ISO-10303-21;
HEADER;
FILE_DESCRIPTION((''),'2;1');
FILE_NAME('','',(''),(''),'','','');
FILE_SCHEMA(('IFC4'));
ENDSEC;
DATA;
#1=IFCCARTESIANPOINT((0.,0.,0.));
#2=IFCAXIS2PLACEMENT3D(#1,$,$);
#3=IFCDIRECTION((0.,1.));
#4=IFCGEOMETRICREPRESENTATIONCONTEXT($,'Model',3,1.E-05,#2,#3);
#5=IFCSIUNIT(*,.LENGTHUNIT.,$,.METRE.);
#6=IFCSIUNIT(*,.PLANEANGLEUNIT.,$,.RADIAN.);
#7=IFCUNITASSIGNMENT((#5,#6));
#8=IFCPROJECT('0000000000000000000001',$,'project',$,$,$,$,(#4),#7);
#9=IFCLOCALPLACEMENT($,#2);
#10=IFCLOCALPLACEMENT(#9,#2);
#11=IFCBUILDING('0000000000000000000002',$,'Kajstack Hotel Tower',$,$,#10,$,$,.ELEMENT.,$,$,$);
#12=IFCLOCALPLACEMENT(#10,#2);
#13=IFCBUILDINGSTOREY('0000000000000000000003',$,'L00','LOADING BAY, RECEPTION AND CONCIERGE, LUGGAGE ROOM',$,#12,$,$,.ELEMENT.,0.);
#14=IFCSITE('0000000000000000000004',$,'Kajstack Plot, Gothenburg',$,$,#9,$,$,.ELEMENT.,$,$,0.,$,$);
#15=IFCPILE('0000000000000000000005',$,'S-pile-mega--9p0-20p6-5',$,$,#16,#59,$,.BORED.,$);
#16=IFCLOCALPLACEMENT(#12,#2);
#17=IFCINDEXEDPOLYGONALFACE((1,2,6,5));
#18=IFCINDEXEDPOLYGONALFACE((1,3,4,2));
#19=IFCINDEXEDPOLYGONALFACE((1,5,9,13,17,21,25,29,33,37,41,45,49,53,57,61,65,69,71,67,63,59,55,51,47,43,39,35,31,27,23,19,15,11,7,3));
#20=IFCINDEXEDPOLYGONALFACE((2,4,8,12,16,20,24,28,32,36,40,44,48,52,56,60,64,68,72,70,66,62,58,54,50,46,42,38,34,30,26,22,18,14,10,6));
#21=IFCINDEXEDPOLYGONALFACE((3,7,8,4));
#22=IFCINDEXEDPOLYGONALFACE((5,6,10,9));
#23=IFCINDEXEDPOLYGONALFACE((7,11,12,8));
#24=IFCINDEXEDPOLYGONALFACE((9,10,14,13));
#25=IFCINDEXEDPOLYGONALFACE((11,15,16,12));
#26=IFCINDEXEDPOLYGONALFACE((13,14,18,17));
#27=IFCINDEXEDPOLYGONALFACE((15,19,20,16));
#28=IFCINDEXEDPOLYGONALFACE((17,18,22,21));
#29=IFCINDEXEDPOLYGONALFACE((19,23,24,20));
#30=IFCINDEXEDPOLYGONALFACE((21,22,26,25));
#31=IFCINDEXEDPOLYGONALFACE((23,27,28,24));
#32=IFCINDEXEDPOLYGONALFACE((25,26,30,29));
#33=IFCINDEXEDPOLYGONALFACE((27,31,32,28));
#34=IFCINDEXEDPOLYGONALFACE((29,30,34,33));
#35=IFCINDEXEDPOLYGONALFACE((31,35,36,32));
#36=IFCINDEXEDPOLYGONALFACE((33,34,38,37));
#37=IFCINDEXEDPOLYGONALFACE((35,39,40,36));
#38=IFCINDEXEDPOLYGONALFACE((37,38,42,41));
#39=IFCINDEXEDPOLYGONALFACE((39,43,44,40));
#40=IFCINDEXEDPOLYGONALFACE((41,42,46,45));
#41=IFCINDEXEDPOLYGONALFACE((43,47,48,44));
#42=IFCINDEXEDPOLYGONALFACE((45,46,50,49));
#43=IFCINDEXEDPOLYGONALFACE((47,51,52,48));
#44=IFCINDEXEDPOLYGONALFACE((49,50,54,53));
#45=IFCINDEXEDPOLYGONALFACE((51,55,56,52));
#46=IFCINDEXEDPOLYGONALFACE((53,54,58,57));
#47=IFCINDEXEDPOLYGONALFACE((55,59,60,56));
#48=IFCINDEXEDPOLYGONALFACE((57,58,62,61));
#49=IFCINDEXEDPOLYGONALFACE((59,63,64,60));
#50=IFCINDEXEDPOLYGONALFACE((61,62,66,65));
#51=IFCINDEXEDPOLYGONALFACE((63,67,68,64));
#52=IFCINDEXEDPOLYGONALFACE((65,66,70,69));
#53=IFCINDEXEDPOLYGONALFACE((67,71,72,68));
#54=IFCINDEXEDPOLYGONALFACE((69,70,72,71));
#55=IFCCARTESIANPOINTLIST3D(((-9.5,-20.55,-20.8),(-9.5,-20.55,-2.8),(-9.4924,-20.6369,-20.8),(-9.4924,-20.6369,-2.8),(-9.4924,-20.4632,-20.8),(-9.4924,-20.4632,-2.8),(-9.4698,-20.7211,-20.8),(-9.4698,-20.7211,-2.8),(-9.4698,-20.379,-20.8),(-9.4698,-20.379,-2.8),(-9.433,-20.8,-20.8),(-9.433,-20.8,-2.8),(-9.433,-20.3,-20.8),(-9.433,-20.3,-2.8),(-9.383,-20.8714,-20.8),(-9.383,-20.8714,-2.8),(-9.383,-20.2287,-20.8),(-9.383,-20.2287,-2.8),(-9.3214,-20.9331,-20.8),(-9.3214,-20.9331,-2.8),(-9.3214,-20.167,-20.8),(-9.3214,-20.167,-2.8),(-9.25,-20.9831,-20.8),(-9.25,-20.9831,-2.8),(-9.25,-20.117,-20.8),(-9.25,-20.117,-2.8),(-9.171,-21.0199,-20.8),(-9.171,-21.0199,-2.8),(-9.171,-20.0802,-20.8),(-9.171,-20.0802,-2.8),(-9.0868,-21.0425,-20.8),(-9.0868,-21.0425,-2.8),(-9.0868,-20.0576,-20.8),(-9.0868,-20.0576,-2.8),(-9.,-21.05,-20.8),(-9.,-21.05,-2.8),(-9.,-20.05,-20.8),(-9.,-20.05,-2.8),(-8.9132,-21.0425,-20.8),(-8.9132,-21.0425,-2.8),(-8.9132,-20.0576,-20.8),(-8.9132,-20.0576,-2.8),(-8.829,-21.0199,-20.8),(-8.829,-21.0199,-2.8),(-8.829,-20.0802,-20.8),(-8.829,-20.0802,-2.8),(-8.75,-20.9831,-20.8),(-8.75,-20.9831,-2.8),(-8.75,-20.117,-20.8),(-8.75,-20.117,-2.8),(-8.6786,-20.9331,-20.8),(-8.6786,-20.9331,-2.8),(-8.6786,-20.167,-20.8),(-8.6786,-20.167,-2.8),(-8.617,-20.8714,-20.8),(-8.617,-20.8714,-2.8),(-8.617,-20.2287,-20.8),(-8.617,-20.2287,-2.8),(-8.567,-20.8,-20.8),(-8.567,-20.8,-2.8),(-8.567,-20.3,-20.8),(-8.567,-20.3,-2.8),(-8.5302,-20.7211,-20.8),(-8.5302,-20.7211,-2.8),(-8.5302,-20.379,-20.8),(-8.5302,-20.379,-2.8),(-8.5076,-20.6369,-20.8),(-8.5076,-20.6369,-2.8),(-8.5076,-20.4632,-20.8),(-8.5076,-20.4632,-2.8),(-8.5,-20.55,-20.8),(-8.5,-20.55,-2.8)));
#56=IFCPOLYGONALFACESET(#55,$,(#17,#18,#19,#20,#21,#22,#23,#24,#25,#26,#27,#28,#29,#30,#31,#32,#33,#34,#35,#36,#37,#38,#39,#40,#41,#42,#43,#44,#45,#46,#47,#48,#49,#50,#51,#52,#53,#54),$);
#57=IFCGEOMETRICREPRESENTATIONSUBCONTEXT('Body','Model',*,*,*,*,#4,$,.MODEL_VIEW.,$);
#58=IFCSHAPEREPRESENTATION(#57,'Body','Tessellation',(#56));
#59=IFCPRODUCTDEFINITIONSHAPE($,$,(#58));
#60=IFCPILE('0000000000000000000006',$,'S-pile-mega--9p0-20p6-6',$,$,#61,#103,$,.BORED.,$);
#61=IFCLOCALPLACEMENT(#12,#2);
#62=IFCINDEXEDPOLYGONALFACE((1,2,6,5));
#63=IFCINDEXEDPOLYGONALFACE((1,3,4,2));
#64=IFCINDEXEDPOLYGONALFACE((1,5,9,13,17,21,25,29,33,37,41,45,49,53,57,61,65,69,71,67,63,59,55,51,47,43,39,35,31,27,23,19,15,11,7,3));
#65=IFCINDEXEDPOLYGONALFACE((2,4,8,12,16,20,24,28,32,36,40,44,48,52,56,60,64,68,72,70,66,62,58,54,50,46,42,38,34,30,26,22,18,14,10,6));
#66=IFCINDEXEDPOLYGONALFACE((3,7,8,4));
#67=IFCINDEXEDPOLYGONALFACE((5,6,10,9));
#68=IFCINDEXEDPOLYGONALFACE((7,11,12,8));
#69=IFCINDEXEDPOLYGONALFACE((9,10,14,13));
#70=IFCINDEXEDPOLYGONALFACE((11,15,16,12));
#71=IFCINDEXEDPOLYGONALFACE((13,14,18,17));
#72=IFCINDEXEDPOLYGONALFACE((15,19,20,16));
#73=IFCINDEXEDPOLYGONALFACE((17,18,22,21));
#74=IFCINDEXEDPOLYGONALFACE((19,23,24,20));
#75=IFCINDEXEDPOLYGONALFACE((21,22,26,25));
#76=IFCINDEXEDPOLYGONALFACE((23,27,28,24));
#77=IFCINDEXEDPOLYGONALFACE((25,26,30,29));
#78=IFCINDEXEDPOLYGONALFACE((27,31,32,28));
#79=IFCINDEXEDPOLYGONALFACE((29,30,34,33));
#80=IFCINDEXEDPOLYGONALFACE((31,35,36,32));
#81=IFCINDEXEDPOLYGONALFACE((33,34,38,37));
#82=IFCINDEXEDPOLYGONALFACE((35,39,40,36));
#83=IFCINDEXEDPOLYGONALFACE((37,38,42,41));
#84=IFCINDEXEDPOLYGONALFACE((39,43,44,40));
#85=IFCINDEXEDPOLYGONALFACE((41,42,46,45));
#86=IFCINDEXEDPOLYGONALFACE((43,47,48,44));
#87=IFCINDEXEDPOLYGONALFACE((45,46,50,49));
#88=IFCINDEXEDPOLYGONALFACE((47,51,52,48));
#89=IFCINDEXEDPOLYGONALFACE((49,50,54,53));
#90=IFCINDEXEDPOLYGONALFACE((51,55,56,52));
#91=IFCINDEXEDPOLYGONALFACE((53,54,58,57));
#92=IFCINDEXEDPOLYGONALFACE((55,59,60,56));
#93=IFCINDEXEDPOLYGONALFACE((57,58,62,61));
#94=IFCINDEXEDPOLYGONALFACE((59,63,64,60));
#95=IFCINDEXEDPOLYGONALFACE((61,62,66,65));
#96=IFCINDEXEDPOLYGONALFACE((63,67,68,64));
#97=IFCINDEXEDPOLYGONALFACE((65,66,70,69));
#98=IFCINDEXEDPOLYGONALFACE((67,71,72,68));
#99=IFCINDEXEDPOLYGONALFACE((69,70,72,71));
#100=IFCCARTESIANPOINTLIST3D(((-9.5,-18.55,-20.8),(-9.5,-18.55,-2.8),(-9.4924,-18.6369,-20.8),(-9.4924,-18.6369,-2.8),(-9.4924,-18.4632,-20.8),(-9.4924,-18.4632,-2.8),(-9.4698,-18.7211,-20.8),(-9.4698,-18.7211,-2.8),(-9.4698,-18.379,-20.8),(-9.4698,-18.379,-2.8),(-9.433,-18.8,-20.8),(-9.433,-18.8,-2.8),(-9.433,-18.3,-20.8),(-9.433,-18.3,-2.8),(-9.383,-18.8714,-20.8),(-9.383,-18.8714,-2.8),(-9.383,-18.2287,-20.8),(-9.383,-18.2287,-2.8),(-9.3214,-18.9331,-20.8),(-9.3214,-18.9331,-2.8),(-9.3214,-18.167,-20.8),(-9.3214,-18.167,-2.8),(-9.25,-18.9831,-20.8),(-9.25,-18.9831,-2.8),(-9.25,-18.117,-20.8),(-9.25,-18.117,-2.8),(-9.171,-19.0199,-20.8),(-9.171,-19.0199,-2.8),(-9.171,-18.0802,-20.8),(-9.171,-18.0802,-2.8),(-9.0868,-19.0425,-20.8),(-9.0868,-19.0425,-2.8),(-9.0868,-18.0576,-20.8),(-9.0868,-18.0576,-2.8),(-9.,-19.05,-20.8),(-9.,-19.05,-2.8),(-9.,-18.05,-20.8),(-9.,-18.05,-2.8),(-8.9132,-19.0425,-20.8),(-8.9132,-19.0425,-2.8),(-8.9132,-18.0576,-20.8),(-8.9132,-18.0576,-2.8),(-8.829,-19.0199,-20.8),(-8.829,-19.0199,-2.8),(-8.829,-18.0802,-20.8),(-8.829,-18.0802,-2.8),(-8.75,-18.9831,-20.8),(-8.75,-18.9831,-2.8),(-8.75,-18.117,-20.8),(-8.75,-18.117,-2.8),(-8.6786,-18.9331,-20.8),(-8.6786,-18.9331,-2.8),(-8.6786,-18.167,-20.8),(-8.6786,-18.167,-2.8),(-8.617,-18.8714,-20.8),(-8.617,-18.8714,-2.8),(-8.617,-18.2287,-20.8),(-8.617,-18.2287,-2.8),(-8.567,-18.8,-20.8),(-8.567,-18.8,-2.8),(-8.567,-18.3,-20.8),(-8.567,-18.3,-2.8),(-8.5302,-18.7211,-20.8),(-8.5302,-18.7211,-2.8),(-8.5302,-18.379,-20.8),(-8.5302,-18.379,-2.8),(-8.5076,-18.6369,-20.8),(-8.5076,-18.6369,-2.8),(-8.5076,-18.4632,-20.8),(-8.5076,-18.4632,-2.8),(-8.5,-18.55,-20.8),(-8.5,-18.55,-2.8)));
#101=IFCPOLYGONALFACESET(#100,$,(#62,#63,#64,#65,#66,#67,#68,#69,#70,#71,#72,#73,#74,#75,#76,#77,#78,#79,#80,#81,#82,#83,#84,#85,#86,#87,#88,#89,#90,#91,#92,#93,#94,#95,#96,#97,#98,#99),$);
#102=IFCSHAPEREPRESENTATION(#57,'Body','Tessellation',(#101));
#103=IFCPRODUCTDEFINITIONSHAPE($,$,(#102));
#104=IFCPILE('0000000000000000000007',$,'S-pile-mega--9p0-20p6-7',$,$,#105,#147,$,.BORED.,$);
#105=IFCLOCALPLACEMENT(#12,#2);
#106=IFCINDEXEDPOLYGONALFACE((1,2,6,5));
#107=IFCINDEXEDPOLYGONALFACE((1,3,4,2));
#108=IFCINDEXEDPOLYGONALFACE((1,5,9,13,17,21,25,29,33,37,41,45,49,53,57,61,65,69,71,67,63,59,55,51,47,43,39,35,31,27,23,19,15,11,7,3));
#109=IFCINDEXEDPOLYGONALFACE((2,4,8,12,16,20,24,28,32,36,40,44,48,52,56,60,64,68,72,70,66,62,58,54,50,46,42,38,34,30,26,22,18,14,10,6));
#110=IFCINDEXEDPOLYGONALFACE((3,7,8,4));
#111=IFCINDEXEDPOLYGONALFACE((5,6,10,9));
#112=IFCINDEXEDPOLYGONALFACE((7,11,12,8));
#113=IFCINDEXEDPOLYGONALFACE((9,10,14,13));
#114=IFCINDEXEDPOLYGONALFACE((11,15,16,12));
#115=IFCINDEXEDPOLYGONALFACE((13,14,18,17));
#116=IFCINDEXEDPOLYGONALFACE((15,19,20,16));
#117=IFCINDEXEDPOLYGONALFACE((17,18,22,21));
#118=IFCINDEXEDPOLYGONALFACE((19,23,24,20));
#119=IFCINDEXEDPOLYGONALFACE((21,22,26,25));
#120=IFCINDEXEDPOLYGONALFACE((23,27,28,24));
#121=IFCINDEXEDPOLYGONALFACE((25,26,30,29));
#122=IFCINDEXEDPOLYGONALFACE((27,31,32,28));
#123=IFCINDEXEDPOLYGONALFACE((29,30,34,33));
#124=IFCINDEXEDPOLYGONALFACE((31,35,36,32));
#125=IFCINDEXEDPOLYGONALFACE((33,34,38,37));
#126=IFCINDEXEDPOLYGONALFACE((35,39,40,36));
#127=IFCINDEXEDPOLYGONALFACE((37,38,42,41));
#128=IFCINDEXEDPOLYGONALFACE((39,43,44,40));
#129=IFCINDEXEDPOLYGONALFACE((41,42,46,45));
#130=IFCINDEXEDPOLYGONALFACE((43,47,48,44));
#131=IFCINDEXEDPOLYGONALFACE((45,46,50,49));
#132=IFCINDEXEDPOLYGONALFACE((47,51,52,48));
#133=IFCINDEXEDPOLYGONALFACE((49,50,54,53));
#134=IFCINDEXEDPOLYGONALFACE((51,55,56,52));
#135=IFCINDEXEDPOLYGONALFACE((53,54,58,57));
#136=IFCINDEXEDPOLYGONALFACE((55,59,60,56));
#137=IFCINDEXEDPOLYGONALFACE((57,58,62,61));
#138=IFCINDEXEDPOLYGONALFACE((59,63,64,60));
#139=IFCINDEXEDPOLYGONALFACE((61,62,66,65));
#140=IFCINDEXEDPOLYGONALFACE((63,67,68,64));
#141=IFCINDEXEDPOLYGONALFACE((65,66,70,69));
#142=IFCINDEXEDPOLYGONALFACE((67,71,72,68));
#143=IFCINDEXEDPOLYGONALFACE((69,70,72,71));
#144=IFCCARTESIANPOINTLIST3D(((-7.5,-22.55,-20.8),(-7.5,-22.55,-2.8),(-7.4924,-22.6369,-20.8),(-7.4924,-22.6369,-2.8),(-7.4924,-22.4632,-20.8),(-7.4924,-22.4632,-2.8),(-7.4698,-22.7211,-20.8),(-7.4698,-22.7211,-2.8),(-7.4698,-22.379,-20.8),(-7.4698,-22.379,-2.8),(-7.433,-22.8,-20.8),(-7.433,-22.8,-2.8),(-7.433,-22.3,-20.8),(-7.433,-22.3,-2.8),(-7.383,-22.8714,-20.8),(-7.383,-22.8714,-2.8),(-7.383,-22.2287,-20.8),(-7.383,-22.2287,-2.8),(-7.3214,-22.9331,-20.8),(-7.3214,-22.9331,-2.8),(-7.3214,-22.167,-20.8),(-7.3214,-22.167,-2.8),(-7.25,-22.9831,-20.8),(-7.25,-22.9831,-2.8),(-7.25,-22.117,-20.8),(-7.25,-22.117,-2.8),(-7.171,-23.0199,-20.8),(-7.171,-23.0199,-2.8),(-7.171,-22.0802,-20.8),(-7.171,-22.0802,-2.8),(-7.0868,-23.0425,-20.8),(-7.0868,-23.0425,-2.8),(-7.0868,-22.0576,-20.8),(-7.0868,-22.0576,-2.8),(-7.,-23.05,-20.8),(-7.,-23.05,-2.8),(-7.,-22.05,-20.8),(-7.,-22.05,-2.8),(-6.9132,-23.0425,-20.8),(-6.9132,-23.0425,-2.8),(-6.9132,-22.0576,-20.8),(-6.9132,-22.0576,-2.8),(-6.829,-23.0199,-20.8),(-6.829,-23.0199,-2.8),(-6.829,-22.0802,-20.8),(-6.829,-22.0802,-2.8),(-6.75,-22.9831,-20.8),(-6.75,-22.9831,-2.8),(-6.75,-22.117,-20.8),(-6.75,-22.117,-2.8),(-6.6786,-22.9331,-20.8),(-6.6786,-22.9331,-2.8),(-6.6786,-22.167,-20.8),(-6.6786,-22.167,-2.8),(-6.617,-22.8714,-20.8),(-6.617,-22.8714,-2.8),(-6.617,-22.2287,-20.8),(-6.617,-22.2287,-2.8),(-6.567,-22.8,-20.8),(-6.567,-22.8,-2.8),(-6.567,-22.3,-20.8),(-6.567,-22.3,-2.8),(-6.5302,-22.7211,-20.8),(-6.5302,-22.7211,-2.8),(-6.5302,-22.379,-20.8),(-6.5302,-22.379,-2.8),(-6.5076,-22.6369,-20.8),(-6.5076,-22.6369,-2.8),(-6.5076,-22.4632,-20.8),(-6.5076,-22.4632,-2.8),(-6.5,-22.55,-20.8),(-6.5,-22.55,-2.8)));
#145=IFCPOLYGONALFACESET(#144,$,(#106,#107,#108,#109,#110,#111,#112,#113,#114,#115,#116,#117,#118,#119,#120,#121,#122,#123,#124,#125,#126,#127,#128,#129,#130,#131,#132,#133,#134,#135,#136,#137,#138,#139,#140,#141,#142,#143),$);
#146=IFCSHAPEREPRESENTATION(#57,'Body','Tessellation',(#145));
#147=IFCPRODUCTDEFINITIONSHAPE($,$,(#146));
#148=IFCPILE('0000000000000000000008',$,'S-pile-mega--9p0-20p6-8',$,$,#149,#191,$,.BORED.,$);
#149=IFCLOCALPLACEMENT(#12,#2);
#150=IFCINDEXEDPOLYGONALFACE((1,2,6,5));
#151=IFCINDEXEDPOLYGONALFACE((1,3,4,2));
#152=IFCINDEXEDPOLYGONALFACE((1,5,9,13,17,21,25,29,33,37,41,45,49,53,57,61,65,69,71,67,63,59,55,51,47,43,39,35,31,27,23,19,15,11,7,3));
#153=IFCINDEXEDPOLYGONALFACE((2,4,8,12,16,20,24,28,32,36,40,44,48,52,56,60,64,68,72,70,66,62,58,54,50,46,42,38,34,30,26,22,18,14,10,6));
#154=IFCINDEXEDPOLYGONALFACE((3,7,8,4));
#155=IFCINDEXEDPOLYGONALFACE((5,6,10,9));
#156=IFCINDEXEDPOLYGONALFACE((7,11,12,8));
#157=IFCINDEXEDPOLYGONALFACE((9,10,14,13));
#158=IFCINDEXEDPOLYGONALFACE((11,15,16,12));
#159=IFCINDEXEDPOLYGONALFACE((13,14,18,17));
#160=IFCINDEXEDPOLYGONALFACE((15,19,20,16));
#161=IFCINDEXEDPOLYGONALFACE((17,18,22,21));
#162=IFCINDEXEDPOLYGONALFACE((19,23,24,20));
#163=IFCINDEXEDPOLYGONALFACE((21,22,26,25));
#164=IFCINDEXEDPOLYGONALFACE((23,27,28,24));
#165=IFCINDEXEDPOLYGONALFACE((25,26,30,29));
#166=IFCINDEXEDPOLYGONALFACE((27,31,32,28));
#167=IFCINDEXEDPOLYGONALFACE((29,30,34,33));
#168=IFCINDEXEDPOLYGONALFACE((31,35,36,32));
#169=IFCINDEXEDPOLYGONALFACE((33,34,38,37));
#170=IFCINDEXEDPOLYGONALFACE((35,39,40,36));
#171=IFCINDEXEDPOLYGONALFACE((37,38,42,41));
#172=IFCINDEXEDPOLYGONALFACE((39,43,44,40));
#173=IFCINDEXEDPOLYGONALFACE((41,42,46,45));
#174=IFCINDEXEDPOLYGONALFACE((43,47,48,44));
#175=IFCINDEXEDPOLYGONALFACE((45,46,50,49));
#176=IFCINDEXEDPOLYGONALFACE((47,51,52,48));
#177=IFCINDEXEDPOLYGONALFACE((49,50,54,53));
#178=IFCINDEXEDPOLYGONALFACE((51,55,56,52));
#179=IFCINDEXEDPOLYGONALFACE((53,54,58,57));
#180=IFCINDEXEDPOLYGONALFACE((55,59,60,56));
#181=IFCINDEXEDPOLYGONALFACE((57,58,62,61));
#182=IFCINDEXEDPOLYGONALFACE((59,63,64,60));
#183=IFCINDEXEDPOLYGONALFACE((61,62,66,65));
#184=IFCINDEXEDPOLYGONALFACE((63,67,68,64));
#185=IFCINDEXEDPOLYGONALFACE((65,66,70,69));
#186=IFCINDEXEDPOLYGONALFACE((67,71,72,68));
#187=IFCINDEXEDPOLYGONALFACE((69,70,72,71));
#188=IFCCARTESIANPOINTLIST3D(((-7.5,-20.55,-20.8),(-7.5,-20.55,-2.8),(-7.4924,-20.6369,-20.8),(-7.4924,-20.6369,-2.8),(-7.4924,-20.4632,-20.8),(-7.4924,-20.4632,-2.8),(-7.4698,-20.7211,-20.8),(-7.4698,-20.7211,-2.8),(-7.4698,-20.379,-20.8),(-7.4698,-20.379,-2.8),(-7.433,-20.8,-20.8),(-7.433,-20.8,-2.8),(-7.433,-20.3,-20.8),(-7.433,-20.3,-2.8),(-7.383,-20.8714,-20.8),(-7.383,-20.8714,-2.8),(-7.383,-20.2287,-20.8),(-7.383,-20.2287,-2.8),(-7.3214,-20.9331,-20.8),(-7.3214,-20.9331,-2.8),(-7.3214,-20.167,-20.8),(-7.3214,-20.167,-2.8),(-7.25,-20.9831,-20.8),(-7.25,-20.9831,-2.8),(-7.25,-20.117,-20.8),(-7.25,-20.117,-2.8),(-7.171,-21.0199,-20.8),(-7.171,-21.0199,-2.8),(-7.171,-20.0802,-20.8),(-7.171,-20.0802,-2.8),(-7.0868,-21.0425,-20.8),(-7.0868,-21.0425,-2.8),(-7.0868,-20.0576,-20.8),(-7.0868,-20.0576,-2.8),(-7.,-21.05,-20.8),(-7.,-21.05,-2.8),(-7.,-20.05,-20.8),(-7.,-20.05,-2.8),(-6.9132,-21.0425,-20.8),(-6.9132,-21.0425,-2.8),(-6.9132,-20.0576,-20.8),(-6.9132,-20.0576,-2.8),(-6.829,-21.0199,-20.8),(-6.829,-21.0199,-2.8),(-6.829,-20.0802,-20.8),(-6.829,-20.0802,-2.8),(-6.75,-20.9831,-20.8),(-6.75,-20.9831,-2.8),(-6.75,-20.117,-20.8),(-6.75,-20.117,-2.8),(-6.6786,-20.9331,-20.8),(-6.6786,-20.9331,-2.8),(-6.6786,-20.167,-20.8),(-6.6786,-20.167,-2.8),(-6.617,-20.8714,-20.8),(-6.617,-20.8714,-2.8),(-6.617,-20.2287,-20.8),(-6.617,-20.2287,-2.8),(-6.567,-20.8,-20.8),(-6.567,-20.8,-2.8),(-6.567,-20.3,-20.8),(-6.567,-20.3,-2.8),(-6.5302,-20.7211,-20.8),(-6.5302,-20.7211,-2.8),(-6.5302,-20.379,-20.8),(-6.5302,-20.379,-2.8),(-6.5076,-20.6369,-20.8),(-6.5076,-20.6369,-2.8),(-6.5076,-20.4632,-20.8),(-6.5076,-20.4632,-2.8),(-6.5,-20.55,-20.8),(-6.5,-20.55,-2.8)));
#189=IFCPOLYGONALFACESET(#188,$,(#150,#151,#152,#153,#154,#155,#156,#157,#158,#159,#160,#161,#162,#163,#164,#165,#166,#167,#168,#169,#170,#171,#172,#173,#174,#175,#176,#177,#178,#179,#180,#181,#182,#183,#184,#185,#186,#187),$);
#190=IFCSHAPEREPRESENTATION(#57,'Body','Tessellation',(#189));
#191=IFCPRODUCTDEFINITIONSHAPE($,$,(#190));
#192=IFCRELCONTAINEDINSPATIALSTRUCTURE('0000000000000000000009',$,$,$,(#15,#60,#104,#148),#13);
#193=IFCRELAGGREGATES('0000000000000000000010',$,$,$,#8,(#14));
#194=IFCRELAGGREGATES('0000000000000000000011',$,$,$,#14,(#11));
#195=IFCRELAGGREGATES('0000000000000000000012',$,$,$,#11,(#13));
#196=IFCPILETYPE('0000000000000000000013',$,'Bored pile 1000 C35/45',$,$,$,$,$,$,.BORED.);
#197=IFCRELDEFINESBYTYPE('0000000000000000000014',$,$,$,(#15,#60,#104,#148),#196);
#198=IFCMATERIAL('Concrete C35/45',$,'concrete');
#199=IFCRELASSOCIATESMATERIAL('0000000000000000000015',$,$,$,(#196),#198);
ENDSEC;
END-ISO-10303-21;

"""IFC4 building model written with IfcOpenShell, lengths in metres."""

from ifc_helpers import new_model, si_unit, direction, frame, origin, origin_2d, place, context, subcontext, project, spatial, circle, extrude, material, material_profile, profile_set, type_object, element, save


model = new_model("IFC4")

# Units and contexts
model_context = context("Model", 3, precision=1e-05, world=origin(), true_north=direction((0.0, 1.0)))
body_context = subcontext(model_context, "Body", "Model", "MODEL_VIEW")
ifc_project = project(units=[si_unit("LENGTHUNIT", "METRE"), si_unit("PLANEANGLEUNIT", "RADIAN")], contexts=[model_context])

# Site, building, storey
site_placement = place(None, origin())
site = spatial("IfcSite", under=ifc_project, at=site_placement, Name="Kajstack Plot, Gothenburg", CompositionType="ELEMENT", RefElevation=0.0)
building_placement = place(site_placement, origin())
building = spatial("IfcBuilding", under=site, at=building_placement, Name="Kajstack Hotel Tower", CompositionType="ELEMENT")
storey_placement = place(building_placement, origin())
storey = spatial("IfcBuildingStorey", under=building, at=storey_placement, Name="L00", Description="LOADING BAY, RECEPTION AND CONCIERGE, LUGGAGE ROOM", CompositionType="ELEMENT", Elevation=0.0)

# Piles
ifc_material_1 = material(Name="Concrete C35/45", Category="concrete")
ifc_material_profile_1 = material_profile(ifc_material_1, circle(Radius=0.5, at=origin_2d()), Name="RC round 1000")
ifc_profile_set_1 = profile_set([ifc_material_profile_1], Name="Concrete C35/45")
pile_type = type_object("IfcPileType", Name="Bored pile 1000 C35/45", PredefinedType="BORED", material=ifc_profile_set_1)
for number, where, z_axis, x_axis, name in (
    (1, (-9.0, -20.55, -2.8), (0.0, 0.0, -1.0), (1.0, 0.0, 0.0), "S-pile-mega--9p0-20p6-5"),
    (2, (-9.0, -18.55, -2.8), (0.0, 0.0, -1.0), (1.0, 0.0, 0.0), "S-pile-mega--9p0-20p6-6"),
    (3, (-7.0, -22.55, -2.8), (0.0, 0.0, -1.0), (1.0, 0.0, 0.0), "S-pile-mega--9p0-20p6-7"),
    (4, (-7.0, -20.55, -2.8), (0.0, 0.0, -1.0), (1.0, 0.0, 0.0), "S-pile-mega--9p0-20p6-8"),
):
    element("IfcPile", number, at=place(storey_placement, frame(where, z_axis=z_axis, x_axis=x_axis)), inside=storey, type_object=pile_type, Name=name, PredefinedType="BORED", context=body_context, shape_type="SweptSolid", body=[
        extrude(circle(Radius=0.5, at=origin_2d()), origin(), (0.0, 0.0, 1.0), 18.0),
    ])

save(model, "model.ifc")
